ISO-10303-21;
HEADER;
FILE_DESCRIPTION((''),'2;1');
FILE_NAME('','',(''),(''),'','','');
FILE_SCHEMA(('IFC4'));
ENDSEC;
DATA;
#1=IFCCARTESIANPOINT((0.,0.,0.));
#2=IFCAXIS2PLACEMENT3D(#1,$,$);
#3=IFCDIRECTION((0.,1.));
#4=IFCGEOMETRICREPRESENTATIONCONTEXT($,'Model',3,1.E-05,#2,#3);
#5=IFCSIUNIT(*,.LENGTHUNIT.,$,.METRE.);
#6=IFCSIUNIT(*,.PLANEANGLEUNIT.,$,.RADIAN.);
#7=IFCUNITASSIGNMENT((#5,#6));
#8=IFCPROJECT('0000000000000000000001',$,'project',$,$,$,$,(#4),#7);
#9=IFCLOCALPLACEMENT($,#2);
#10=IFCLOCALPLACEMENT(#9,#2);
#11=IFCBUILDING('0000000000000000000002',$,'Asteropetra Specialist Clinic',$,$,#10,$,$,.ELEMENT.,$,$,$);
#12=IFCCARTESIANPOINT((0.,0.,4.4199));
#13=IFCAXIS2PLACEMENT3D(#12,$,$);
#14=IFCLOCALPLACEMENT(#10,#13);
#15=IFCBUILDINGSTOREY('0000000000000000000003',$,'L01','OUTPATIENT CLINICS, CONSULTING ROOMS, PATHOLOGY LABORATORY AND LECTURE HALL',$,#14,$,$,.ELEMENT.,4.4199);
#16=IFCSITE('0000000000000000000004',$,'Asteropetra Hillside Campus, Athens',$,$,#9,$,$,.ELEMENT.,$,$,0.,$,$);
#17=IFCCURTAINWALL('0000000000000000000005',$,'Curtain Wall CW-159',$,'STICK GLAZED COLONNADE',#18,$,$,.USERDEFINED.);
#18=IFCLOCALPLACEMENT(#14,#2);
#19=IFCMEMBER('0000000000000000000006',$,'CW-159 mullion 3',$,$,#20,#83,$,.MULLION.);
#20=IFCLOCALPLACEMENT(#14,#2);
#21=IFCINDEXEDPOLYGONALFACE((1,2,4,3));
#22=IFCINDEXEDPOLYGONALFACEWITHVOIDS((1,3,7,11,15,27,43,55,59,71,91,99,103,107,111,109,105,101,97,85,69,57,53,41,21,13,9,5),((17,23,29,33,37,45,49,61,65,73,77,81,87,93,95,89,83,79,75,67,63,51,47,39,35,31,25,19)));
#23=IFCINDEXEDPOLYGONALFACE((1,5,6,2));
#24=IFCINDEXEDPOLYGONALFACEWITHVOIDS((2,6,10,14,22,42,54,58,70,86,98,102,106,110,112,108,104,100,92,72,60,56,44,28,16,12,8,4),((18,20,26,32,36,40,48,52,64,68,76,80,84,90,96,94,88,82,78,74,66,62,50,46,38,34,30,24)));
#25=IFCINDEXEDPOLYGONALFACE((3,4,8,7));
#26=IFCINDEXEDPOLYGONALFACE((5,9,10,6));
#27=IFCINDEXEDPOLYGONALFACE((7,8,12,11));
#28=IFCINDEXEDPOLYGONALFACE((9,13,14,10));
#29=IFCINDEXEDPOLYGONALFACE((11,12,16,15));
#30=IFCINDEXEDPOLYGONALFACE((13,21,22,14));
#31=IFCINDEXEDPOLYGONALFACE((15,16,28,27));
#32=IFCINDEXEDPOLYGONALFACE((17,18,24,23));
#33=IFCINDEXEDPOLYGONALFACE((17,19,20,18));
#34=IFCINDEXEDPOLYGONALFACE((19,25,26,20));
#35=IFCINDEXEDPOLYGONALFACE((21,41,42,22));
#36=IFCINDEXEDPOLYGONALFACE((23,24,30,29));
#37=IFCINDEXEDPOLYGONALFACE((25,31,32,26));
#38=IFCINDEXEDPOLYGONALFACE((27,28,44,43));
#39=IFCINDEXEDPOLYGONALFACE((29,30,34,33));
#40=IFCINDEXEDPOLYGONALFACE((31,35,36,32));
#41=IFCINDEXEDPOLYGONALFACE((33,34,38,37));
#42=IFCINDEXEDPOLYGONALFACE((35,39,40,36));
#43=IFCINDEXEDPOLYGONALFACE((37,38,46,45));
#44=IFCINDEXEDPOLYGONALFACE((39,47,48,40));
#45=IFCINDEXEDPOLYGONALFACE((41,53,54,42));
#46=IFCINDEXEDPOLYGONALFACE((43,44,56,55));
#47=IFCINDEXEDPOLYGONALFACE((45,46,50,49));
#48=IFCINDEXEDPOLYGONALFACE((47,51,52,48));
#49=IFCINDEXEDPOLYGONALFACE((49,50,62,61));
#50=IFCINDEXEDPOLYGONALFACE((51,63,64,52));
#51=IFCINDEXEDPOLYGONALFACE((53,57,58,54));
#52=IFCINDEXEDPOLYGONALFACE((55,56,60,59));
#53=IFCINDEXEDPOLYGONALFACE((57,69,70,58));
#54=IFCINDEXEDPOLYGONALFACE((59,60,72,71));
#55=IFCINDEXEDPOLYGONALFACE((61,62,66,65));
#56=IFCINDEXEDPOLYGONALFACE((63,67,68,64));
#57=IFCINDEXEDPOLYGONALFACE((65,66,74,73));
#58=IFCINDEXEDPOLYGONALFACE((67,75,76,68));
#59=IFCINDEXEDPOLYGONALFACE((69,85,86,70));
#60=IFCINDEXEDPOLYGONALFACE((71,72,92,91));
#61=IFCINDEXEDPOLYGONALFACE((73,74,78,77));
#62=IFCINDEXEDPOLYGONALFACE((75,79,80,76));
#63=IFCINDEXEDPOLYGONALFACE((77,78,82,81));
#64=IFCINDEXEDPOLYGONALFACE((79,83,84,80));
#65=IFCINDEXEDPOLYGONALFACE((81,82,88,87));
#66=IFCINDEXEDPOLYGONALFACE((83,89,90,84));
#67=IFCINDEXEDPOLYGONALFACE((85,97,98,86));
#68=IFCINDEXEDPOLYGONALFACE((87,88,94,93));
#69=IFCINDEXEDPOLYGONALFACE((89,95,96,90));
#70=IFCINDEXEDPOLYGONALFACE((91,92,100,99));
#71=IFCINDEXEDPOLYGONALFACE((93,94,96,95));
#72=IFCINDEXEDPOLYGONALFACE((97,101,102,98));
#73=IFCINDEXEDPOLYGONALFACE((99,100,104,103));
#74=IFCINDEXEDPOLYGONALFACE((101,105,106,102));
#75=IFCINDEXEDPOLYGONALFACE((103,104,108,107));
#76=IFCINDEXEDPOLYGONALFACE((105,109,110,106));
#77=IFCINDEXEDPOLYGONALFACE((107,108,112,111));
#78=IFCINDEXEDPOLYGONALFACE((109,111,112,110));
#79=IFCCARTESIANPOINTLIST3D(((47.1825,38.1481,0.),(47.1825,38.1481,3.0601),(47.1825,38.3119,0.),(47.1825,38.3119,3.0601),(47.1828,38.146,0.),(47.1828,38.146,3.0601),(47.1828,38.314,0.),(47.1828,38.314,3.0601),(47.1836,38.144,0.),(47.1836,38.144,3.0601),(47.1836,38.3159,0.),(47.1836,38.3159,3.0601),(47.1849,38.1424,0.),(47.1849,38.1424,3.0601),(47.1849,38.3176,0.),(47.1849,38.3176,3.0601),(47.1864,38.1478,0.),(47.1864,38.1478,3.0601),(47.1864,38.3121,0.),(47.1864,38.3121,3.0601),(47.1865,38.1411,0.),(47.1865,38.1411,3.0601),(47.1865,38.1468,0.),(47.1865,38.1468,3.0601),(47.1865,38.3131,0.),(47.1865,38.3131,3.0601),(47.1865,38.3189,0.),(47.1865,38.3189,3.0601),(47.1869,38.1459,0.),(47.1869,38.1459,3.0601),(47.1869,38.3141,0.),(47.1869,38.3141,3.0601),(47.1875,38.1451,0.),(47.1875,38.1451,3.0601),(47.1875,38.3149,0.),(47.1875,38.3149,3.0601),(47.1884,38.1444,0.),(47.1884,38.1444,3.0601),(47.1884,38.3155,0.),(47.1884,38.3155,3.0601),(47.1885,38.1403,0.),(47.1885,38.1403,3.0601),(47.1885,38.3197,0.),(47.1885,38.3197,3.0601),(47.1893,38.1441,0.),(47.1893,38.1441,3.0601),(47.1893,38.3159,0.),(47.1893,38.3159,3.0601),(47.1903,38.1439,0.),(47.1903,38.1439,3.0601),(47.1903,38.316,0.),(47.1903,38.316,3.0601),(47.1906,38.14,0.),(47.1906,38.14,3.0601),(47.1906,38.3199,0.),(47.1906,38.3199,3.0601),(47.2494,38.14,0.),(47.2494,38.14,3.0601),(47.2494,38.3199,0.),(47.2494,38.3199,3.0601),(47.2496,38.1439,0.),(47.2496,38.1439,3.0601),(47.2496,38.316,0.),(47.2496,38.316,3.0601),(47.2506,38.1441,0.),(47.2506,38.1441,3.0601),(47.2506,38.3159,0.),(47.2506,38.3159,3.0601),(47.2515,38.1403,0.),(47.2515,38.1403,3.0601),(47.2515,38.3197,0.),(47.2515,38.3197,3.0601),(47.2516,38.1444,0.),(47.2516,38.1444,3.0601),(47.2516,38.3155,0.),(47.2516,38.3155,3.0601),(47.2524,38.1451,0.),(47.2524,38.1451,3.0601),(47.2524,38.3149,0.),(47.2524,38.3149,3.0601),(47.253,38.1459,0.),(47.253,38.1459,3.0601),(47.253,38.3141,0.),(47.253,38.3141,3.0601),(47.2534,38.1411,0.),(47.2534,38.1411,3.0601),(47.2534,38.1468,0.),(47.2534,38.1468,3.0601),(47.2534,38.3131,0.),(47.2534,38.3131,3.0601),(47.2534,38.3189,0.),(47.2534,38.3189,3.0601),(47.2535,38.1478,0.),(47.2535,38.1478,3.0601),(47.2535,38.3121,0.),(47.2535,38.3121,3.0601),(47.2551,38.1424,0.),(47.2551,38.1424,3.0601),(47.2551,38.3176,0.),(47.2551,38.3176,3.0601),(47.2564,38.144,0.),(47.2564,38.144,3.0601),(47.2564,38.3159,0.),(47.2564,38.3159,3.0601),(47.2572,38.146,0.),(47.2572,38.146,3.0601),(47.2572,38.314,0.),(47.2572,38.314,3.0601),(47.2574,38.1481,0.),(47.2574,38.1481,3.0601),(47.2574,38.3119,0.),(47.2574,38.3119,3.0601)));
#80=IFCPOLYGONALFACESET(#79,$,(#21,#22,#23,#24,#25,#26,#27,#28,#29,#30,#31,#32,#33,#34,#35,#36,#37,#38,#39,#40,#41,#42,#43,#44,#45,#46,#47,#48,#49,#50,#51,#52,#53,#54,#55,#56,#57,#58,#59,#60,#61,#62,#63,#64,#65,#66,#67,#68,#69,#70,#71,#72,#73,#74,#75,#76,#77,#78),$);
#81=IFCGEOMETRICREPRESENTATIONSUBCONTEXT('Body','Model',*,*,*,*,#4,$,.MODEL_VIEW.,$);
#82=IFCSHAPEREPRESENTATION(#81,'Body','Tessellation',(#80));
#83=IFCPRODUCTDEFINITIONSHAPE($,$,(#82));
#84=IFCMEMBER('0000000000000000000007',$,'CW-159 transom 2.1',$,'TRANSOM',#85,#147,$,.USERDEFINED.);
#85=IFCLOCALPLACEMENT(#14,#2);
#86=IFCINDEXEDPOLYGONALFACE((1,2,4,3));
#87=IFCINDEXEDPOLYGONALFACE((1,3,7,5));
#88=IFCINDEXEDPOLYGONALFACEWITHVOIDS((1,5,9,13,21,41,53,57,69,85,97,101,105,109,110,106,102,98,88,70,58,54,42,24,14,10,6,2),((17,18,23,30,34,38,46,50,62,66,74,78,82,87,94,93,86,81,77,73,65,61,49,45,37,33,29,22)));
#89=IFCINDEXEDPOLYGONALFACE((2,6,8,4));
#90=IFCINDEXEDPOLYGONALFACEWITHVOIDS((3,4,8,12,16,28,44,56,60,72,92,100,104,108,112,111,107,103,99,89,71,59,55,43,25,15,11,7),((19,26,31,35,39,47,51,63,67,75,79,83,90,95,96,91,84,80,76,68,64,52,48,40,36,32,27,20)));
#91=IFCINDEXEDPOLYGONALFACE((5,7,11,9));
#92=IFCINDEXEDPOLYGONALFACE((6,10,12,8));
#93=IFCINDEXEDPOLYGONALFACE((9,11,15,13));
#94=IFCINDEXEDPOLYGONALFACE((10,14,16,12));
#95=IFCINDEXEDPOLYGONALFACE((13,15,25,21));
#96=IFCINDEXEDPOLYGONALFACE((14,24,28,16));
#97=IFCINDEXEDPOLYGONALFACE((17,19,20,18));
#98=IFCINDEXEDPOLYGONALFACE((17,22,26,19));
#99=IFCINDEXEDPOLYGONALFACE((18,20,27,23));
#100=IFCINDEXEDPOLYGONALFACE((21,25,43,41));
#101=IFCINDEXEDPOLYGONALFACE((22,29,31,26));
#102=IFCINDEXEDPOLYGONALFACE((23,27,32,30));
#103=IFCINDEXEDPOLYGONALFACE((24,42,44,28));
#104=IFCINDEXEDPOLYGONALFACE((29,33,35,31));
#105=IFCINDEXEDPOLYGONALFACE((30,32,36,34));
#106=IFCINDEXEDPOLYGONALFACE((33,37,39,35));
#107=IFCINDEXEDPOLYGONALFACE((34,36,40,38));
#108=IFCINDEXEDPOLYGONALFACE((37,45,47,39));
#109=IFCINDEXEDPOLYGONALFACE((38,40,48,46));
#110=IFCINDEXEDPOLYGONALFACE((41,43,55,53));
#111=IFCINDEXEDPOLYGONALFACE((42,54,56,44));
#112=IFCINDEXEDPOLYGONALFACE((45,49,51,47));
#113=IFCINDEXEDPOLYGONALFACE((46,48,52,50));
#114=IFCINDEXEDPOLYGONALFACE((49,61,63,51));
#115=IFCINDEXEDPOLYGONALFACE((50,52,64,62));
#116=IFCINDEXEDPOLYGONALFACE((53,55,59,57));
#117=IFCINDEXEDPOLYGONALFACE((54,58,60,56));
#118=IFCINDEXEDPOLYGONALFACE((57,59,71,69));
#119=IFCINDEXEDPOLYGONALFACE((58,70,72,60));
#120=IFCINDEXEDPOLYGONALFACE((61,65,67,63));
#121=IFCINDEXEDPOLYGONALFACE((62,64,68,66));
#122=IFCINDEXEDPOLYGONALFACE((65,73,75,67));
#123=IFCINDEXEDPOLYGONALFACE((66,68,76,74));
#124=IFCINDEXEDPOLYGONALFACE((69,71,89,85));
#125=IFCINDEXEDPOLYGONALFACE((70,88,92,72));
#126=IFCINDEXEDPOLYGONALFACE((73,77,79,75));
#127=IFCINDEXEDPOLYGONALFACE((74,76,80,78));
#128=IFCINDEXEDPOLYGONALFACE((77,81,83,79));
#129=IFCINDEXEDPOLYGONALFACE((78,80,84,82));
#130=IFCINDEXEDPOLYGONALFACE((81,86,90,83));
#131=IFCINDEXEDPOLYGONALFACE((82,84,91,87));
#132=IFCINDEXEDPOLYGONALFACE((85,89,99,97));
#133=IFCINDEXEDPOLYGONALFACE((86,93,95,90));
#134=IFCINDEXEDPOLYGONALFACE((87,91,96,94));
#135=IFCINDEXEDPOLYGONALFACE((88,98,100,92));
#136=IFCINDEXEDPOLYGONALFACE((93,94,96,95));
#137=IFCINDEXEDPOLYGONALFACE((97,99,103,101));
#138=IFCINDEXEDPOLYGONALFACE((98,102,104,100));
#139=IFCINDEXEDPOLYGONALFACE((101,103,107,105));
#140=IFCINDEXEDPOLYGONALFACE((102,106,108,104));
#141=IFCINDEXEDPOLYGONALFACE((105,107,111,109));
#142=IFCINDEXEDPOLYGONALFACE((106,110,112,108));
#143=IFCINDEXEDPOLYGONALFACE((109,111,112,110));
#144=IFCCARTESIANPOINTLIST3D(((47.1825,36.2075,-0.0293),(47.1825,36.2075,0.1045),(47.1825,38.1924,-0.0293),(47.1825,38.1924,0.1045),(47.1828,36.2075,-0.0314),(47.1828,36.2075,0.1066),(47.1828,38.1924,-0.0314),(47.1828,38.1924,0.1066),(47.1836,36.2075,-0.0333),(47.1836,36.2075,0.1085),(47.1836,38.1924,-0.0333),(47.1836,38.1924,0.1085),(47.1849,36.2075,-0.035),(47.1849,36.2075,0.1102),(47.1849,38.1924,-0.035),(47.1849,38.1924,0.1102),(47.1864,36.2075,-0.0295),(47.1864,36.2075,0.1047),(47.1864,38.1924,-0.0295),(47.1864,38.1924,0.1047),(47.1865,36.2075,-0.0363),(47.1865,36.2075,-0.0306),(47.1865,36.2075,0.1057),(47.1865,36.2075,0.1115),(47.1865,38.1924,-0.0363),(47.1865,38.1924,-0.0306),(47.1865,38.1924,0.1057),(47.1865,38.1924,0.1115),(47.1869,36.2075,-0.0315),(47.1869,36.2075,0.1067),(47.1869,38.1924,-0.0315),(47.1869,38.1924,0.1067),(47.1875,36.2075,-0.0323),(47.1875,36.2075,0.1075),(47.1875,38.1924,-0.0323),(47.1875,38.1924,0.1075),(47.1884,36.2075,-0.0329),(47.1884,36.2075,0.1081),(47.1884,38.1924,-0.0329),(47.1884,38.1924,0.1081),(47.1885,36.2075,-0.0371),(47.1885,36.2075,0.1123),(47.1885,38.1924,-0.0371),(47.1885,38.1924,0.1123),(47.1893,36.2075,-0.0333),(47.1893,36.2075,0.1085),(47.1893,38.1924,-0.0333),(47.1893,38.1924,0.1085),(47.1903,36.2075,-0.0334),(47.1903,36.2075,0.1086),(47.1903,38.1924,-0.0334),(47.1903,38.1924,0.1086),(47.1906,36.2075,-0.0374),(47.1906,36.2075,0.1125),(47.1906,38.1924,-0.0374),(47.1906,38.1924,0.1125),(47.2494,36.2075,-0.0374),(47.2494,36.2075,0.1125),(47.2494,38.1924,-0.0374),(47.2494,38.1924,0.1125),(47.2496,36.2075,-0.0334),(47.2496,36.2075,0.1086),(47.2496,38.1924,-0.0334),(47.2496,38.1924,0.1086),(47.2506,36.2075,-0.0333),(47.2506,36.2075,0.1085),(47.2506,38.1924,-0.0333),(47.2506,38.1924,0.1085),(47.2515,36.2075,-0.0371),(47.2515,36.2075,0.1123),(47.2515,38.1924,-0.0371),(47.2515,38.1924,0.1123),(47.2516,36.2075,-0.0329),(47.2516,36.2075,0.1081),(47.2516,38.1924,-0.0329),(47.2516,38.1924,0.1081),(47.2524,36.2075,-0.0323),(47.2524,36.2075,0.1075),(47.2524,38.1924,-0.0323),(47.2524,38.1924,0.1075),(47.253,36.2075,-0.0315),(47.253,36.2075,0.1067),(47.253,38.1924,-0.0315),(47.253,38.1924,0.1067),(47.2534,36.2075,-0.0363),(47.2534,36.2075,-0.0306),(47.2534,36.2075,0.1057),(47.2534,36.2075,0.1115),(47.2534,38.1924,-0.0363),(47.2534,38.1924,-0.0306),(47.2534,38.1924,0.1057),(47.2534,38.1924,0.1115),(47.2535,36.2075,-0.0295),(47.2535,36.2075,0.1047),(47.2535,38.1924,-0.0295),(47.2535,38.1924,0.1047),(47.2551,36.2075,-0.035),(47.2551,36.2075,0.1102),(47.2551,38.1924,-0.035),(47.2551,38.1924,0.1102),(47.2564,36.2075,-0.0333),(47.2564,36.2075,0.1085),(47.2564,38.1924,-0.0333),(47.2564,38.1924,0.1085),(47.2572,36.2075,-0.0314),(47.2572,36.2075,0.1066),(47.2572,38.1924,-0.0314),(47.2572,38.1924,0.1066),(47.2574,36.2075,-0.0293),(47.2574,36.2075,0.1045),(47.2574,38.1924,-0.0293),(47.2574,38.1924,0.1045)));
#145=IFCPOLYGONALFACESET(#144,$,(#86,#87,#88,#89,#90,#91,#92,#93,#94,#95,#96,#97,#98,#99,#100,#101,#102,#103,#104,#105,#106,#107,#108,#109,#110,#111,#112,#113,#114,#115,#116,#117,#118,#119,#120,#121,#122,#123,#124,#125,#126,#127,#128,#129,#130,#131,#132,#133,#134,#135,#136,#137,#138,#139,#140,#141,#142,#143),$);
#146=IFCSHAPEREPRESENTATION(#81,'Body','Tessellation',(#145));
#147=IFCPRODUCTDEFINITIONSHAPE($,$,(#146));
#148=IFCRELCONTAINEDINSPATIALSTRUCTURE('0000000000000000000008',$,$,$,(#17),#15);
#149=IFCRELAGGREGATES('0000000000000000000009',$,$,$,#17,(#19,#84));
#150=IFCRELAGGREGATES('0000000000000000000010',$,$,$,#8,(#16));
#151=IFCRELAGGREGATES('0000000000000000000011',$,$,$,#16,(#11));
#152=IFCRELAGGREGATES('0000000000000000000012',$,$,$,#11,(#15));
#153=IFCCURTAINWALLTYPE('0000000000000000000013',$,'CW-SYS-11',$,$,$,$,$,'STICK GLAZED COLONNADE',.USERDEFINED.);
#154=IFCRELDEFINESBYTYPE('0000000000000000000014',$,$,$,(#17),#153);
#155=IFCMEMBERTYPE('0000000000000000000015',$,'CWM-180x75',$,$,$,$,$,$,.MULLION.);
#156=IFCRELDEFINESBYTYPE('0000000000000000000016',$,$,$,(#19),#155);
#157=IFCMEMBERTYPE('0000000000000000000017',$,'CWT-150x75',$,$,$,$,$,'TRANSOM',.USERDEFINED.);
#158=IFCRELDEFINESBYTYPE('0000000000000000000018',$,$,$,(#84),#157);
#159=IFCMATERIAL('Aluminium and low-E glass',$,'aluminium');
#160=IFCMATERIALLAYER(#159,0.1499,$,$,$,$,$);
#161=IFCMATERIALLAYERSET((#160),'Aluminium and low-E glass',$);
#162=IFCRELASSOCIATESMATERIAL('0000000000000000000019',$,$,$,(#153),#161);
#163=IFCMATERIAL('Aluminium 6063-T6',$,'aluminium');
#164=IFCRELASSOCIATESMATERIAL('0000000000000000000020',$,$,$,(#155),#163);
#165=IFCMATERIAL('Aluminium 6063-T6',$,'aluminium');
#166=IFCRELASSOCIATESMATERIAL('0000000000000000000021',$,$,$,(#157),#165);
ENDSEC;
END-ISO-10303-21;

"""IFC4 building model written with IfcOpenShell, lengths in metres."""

from ifc_helpers import new_model, si_unit, direction, frame, origin, origin_2d, place, context, subcontext, project, spatial, hollow_rectangle, extrude, material, layer, layer_set, material_profile, profile_set, type_object, element, aggregate, save


model = new_model("IFC4")

# Units and contexts
model_context = context("Model", 3, precision=1e-05, world=origin(), true_north=direction((0.0, 1.0)))
body_context = subcontext(model_context, "Body", "Model", "MODEL_VIEW")
ifc_project = project(units=[si_unit("LENGTHUNIT", "METRE"), si_unit("PLANEANGLEUNIT", "RADIAN")], contexts=[model_context])

# Site, building, storey
site_placement = place(None, origin())
site = spatial("IfcSite", under=ifc_project, at=site_placement, Name="Asteropetra Hillside Campus, Athens", CompositionType="ELEMENT", RefElevation=0.0)
building_placement = place(site_placement, origin())
building = spatial("IfcBuilding", under=site, at=building_placement, Name="Asteropetra Specialist Clinic", CompositionType="ELEMENT")
storey_placement = place(building_placement, frame((0.0, 0.0, 4.4199)))
storey = spatial("IfcBuildingStorey", under=building, at=storey_placement, Name="L01", Description="OUTPATIENT CLINICS, CONSULTING ROOMS, PATHOLOGY LABORATORY AND LECTURE HALL", CompositionType="ELEMENT", Elevation=4.4199)

# Shared definitions
ifc_material_1 = material(Name="Aluminium and low-E glass", Category="aluminium")
ifc_layer_1 = layer(ifc_material_1, 0.1499)
ifc_layer_set_1 = layer_set([ifc_layer_1], Name="Aluminium and low-E glass")
curtain_wall_type = type_object("IfcCurtainWallType", Name="CW-SYS-11", ElementType="STICK GLAZED COLONNADE", PredefinedType="USERDEFINED", material=ifc_layer_set_1)

# Curtain wall, members
curtain_wall_1_placement = place(storey_placement, origin())
curtain_wall_1 = element("IfcCurtainWall", 1, at=curtain_wall_1_placement, inside=storey, type_object=curtain_wall_type, Name="Curtain Wall CW-159", ObjectType="STICK GLAZED COLONNADE", PredefinedType="USERDEFINED")
ifc_material_2 = material(Name="Aluminium 6063-T6", Category="aluminium")
ifc_material_profile_1 = material_profile(ifc_material_2, hollow_rectangle(XDim=0.075, YDim=0.1799, WallThickness=0.0039, InnerFilletRadius=0.0039, OuterFilletRadius=0.0081, at=origin_2d()), Name="MUL 180x75x4.0")
ifc_profile_set_1 = profile_set([ifc_material_profile_1], Name="Aluminium 6063-T6")
member_type_1 = type_object("IfcMemberType", Name="CWM-180x75", PredefinedType="MULLION", material=ifc_profile_set_1)
member_1_placement = place(storey_placement, frame((47.22, 38.23, 0.0), z_axis=(0.0, 0.0, 1.0), x_axis=(-1.0, 0.0, 0.0)))
member_1 = element("IfcMember", 2, at=member_1_placement, type_object=member_type_1, Name="CW-159 mullion 3", PredefinedType="MULLION", context=body_context, shape_type="SweptSolid", body=[
    extrude(hollow_rectangle(XDim=0.075, YDim=0.1799, WallThickness=0.0039, InnerFilletRadius=0.0039, OuterFilletRadius=0.0081, at=origin_2d()), origin(), (0.0, 0.0, 1.0), 3.0601),
])
ifc_material_3 = material(Name="Aluminium 6063-T6", Category="aluminium")
ifc_material_profile_2 = material_profile(ifc_material_3, hollow_rectangle(XDim=0.075, YDim=0.1499, WallThickness=0.0039, InnerFilletRadius=0.0039, OuterFilletRadius=0.0081, at=origin_2d()), Name="TRN 150x75x4.0")
ifc_profile_set_2 = profile_set([ifc_material_profile_2], Name="Aluminium 6063-T6")
member_type_2 = type_object("IfcMemberType", Name="CWT-150x75", ElementType="TRANSOM", PredefinedType="USERDEFINED", material=ifc_profile_set_2)
member_2_placement = place(storey_placement, frame((47.22, 36.2075, 0.0376), z_axis=(0.0, 1.0, 0.0), x_axis=(-1.0, 0.0, 0.0)))
member_2 = element("IfcMember", 3, at=member_2_placement, type_object=member_type_2, Name="CW-159 transom 2.1", ObjectType="TRANSOM", PredefinedType="USERDEFINED", context=body_context, shape_type="SweptSolid", body=[
    extrude(hollow_rectangle(XDim=0.075, YDim=0.1499, WallThickness=0.0039, InnerFilletRadius=0.0039, OuterFilletRadius=0.0081, at=origin_2d()), origin(), (0.0, 0.0, 1.0), 1.9849),
])

aggregate(curtain_wall_1, [member_1, member_2])

save(model, "model.ifc")
